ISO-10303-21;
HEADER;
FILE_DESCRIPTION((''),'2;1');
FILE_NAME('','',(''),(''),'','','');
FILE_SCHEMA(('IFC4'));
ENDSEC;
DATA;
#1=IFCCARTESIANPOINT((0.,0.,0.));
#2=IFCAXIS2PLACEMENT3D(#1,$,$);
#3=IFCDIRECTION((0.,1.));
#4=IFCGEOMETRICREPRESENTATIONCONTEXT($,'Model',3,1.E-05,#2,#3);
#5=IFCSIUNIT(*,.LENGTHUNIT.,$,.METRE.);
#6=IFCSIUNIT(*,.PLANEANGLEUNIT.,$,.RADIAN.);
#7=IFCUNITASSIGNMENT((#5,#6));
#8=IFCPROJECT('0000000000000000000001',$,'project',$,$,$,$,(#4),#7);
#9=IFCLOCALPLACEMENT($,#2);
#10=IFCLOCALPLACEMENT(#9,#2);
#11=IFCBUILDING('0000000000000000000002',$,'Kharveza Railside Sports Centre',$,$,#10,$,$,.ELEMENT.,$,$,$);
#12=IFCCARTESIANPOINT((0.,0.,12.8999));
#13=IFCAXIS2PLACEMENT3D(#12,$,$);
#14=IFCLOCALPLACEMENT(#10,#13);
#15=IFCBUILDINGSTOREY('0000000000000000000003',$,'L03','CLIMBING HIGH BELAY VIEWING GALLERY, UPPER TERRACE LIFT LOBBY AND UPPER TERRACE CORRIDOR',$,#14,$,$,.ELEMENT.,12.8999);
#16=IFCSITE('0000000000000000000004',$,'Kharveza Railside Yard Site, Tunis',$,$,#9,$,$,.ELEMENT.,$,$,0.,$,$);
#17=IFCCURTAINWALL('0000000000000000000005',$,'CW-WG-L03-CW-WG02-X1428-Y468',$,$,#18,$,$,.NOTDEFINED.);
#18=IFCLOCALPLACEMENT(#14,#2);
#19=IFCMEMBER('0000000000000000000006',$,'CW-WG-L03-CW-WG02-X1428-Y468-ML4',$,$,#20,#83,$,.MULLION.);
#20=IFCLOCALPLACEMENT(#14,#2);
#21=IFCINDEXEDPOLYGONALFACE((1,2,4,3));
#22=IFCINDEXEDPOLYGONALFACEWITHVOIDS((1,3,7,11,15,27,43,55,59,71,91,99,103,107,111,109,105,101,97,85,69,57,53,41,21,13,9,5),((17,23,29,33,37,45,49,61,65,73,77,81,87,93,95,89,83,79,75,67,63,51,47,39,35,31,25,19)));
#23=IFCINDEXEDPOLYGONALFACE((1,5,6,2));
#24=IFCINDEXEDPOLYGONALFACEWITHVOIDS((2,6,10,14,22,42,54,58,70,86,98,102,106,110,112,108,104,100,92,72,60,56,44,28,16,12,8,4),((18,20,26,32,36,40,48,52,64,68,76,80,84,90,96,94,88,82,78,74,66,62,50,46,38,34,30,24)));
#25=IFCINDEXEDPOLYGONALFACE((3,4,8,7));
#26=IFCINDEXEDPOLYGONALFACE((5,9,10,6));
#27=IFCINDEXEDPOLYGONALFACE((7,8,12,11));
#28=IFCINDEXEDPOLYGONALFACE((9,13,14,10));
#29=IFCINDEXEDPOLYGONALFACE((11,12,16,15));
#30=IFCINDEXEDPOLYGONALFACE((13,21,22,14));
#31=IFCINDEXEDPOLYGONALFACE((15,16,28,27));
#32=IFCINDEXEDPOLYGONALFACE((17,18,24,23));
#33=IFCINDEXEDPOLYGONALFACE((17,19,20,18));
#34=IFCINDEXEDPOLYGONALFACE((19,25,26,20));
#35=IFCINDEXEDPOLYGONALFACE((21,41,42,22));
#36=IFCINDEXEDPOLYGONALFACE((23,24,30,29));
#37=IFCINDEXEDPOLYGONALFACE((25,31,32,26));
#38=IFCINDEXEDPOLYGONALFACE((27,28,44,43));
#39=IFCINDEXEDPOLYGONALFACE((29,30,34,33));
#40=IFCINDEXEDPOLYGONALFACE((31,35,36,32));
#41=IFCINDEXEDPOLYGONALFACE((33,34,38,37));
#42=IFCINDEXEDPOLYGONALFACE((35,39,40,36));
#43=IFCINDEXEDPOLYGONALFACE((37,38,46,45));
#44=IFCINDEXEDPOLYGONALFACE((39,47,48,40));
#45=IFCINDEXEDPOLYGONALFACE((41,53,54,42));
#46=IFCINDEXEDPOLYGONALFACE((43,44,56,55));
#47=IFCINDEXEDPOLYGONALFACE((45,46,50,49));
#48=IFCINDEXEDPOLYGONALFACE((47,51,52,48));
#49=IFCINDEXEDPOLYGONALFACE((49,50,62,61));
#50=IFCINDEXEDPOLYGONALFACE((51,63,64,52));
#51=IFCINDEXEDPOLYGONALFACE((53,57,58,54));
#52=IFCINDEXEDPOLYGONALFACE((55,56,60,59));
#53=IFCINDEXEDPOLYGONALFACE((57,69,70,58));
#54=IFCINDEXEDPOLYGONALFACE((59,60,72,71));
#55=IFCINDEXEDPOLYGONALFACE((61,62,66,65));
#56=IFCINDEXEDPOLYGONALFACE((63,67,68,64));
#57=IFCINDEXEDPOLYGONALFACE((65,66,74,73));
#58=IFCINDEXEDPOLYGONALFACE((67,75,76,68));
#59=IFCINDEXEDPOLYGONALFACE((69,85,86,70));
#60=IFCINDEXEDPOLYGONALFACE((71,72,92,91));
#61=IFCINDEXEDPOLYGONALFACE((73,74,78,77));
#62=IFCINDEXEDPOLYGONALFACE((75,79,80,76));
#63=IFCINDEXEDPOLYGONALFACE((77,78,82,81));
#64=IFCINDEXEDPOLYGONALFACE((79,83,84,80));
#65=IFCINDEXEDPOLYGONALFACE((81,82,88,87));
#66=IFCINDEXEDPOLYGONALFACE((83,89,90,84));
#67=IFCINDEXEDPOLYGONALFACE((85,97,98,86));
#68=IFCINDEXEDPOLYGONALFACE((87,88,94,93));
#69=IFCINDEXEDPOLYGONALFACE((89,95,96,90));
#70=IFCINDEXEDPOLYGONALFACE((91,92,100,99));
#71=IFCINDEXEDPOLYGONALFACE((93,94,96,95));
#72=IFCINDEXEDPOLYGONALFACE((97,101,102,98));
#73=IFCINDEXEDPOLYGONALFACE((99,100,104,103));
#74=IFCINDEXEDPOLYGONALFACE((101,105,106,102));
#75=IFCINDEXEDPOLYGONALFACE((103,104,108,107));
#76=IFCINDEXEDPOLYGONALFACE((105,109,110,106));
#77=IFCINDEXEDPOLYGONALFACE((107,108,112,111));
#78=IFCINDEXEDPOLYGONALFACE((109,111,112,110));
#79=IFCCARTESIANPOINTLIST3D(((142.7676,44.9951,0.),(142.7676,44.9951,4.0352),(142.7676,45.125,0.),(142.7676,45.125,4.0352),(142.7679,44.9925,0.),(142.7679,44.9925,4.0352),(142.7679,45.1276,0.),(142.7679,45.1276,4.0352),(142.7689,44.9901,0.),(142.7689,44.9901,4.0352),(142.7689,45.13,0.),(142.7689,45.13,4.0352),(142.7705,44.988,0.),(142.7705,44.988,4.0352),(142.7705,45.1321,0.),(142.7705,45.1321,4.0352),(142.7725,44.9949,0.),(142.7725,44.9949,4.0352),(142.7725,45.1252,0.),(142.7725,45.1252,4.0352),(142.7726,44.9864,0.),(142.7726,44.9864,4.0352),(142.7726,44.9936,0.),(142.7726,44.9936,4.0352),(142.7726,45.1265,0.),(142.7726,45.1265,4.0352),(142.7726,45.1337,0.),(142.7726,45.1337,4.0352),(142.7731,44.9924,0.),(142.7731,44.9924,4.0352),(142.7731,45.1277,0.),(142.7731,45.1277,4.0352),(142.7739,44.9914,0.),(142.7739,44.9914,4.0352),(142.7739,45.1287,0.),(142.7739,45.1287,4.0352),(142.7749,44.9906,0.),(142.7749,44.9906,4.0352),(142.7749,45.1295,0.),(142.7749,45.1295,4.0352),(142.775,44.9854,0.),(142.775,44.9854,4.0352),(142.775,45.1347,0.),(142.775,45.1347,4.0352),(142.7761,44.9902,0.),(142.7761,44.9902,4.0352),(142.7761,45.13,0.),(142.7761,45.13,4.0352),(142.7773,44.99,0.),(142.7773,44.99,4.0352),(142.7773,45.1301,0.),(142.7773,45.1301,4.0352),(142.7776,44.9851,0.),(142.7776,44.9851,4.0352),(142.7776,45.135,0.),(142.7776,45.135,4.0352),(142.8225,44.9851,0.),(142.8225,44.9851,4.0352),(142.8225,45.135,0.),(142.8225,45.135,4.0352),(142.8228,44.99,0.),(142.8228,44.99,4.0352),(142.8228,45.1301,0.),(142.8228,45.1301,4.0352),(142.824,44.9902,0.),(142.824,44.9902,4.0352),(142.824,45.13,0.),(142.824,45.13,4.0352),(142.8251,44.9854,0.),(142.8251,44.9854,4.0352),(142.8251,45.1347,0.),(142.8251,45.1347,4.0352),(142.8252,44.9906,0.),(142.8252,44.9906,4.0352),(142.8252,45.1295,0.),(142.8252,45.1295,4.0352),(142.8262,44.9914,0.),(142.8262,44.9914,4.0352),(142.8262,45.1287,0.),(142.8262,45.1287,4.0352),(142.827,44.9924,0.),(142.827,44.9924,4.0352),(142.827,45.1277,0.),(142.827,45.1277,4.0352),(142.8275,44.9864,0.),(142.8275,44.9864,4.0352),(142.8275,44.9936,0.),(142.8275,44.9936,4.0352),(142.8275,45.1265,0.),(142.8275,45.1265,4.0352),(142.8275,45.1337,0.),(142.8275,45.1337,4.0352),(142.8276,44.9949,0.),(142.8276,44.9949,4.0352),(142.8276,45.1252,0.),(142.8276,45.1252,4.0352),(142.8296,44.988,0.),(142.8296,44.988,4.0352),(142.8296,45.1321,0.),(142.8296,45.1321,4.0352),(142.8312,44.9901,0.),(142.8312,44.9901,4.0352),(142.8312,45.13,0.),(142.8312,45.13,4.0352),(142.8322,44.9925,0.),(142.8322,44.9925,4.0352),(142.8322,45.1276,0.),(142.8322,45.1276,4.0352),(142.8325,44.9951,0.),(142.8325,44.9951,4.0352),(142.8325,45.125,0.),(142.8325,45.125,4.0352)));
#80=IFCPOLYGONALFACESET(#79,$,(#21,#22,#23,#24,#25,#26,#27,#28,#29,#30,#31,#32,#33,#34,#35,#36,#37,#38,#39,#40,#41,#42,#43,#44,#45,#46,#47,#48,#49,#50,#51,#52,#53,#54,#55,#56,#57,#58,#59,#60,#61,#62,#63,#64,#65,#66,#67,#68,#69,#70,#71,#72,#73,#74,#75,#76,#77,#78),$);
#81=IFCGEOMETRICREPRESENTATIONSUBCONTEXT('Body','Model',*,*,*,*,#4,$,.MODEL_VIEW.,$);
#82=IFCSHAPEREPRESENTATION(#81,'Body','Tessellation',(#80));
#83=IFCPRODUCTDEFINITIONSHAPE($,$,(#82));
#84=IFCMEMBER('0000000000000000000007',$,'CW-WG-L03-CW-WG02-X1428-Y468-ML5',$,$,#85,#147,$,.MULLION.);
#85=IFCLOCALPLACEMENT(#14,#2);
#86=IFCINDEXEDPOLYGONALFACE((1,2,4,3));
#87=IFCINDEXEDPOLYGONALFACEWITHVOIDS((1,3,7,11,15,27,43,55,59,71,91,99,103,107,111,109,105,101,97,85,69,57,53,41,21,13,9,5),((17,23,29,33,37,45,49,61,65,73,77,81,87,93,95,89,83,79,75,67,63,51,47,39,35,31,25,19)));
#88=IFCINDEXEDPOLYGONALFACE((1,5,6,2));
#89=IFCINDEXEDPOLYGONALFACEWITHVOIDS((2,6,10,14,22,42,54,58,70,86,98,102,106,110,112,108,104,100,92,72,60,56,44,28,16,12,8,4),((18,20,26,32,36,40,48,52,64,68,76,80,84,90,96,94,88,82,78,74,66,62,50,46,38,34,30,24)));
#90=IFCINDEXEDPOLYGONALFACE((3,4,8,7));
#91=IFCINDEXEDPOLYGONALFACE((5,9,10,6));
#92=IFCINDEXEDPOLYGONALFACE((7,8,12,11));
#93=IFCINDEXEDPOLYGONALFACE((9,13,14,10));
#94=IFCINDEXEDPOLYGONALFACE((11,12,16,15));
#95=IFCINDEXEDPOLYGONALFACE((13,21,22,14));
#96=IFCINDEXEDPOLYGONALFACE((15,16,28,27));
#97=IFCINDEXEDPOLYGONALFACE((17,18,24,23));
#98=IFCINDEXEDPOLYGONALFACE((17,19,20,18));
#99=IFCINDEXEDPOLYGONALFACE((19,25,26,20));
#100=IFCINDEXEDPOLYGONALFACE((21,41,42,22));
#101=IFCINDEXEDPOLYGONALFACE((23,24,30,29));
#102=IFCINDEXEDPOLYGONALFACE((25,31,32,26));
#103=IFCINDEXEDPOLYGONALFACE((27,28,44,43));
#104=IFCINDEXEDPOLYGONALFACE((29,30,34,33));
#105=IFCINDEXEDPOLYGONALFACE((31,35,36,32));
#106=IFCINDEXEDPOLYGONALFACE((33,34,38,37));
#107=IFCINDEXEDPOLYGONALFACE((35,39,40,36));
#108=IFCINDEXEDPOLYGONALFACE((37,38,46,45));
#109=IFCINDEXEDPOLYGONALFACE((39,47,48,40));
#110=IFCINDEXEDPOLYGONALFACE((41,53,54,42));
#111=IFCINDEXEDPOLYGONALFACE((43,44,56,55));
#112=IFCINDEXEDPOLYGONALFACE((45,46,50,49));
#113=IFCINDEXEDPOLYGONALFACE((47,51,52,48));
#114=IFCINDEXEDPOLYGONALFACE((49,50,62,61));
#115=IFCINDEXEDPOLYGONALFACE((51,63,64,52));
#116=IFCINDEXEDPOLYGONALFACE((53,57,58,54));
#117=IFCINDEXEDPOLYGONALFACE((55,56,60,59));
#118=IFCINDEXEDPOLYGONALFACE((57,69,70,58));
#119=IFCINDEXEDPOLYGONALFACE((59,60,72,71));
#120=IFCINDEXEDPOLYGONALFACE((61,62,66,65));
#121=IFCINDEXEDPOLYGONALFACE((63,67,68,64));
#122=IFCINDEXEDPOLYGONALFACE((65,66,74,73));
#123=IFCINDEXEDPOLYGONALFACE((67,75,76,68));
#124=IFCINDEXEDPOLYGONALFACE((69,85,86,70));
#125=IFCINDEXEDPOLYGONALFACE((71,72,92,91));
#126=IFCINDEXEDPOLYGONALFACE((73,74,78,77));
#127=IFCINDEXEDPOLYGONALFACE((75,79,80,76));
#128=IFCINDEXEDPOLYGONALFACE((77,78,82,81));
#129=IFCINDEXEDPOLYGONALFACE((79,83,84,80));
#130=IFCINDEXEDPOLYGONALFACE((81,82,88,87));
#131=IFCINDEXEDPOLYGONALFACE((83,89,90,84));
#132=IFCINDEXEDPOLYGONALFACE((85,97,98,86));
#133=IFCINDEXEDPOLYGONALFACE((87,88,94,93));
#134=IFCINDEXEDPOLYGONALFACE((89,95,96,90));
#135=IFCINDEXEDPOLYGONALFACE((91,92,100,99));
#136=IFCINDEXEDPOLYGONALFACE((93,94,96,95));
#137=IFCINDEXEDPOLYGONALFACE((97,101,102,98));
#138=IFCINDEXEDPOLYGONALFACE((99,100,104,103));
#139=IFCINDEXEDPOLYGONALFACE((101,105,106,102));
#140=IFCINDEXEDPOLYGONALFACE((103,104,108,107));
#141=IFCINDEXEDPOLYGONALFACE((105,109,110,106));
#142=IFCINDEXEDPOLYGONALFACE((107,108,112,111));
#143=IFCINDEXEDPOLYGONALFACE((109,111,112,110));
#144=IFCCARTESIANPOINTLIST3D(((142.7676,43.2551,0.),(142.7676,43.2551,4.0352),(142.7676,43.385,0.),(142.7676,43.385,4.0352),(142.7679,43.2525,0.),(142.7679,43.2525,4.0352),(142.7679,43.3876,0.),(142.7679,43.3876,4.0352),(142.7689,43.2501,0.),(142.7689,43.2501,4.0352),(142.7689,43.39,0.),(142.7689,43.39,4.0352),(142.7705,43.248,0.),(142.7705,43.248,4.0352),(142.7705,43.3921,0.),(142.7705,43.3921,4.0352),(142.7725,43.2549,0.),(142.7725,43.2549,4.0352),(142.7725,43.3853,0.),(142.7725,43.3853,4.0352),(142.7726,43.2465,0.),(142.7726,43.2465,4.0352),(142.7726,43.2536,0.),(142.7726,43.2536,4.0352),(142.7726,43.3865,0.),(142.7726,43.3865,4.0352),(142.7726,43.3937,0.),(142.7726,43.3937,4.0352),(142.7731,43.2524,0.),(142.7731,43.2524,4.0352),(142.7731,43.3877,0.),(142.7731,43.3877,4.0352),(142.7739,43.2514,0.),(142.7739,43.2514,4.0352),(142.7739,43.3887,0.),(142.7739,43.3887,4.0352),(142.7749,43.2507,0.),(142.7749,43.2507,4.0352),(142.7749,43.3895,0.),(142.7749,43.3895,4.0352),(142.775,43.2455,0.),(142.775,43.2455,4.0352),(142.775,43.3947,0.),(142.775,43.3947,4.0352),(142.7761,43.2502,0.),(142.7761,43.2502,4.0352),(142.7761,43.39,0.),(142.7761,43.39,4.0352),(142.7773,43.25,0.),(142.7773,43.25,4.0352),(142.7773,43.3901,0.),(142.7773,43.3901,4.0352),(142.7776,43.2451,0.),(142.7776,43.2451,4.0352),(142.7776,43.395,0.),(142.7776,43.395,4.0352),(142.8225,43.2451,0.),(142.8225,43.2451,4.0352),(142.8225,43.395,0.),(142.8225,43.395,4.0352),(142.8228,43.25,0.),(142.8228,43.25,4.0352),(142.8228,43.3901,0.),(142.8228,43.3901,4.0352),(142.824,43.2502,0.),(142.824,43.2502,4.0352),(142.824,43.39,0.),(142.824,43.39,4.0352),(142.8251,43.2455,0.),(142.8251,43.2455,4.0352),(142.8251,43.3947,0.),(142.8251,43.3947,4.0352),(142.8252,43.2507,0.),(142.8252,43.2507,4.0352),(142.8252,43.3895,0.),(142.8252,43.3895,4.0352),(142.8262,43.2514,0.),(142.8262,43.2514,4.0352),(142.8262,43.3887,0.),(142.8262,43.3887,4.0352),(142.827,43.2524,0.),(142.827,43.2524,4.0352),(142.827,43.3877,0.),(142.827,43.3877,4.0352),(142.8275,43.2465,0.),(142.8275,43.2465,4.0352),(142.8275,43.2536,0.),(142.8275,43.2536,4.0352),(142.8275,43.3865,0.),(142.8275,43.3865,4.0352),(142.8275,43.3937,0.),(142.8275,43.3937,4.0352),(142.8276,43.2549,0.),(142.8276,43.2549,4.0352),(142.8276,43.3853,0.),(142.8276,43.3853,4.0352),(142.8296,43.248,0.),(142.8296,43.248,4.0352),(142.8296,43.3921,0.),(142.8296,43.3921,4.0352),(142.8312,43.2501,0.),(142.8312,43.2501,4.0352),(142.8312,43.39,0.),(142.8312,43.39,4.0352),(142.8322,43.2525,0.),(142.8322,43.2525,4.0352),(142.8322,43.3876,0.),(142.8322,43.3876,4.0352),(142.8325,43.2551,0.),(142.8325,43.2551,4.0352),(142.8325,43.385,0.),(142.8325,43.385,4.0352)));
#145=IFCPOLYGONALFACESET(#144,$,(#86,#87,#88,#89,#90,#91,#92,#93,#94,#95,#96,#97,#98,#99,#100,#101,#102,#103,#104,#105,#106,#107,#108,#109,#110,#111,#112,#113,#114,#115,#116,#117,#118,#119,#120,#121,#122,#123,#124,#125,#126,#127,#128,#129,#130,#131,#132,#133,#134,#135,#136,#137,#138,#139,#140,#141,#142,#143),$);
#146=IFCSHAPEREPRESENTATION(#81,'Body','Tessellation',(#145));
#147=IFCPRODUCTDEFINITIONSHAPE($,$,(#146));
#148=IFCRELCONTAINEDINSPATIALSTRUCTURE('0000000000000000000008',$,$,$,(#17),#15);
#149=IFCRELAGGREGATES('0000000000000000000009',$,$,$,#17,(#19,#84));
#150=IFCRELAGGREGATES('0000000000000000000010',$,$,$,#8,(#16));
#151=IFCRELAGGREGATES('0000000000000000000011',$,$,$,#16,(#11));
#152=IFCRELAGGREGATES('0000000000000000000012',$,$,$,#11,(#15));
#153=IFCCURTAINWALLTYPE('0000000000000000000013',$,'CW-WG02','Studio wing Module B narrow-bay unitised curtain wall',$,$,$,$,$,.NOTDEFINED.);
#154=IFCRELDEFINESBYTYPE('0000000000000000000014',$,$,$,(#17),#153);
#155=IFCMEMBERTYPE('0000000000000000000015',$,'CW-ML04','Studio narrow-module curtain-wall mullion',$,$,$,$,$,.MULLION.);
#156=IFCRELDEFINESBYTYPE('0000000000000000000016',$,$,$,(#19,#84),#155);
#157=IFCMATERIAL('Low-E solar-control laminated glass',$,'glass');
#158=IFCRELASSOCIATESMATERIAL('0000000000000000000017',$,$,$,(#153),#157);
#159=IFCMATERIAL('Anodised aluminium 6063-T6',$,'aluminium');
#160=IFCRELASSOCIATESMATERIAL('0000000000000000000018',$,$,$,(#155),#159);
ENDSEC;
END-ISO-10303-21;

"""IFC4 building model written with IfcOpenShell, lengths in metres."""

from ifc_helpers import new_model, si_unit, direction, frame, origin, origin_2d, place, context, subcontext, project, spatial, hollow_rectangle, extrude, material, material_profile, profile_set, type_object, element, aggregate, save


model = new_model("IFC4")

# Units and contexts
model_context = context("Model", 3, precision=1e-05, world=origin(), true_north=direction((0.0, 1.0)))
body_context = subcontext(model_context, "Body", "Model", "MODEL_VIEW")
ifc_project = project(units=[si_unit("LENGTHUNIT", "METRE"), si_unit("PLANEANGLEUNIT", "RADIAN")], contexts=[model_context])

# Site, building, storey
site_placement = place(None, origin())
site = spatial("IfcSite", under=ifc_project, at=site_placement, Name="Kharveza Railside Yard Site, Tunis", CompositionType="ELEMENT", RefElevation=0.0)
building_placement = place(site_placement, origin())
building = spatial("IfcBuilding", under=site, at=building_placement, Name="Kharveza Railside Sports Centre", CompositionType="ELEMENT")
storey_placement = place(building_placement, frame((0.0, 0.0, 12.8999)))
storey = spatial("IfcBuildingStorey", under=building, at=storey_placement, Name="L03", Description="CLIMBING HIGH BELAY VIEWING GALLERY, UPPER TERRACE LIFT LOBBY AND UPPER TERRACE CORRIDOR", CompositionType="ELEMENT", Elevation=12.8999)

# Curtain wall, members
ifc_material_1 = material(Name="Low-E solar-control laminated glass", Category="glass")
curtain_wall_type = type_object("IfcCurtainWallType", Name="CW-WG02", Description="Studio wing Module B narrow-bay unitised curtain wall", PredefinedType="NOTDEFINED", material=ifc_material_1)
curtain_wall_placement = place(storey_placement, origin())
curtain_wall = element("IfcCurtainWall", 1, at=curtain_wall_placement, inside=storey, type_object=curtain_wall_type, Name="CW-WG-L03-CW-WG02-X1428-Y468", PredefinedType="NOTDEFINED")
ifc_material_2 = material(Name="Anodised aluminium 6063-T6", Category="aluminium")
ifc_material_profile_1 = material_profile(ifc_material_2, hollow_rectangle(XDim=0.0649, YDim=0.1499, WallThickness=0.0049, InnerFilletRadius=0.0049, OuterFilletRadius=0.01, at=origin_2d()), Name="RHS 65x150x5.0")
ifc_profile_set_1 = profile_set([ifc_material_profile_1], Name="Anodised aluminium 6063-T6")
member_type_1 = type_object("IfcMemberType", Name="CW-ML04", Description="Studio narrow-module curtain-wall mullion", PredefinedType="MULLION", material=ifc_profile_set_1)
member_1_placement = place(storey_placement, frame((142.8, 45.0601, 0.0), z_axis=(0.0, 0.0, 1.0), x_axis=(1.0, 0.0, 0.0)))
member_1 = element("IfcMember", 2, at=member_1_placement, type_object=member_type_1, Name="CW-WG-L03-CW-WG02-X1428-Y468-ML4", PredefinedType="MULLION", context=body_context, shape_type="SweptSolid", body=[
    extrude(hollow_rectangle(XDim=0.0649, YDim=0.1499, WallThickness=0.0049, InnerFilletRadius=0.0049, OuterFilletRadius=0.01, at=origin_2d()), origin(), (0.0, 0.0, 1.0), 4.0352),
])
member_2_placement = place(storey_placement, frame((142.8, 43.3201, 0.0), z_axis=(0.0, 0.0, 1.0), x_axis=(1.0, 0.0, 0.0)))
member_2 = element("IfcMember", 3, at=member_2_placement, type_object=member_type_1, Name="CW-WG-L03-CW-WG02-X1428-Y468-ML5", PredefinedType="MULLION", context=body_context, shape_type="SweptSolid", body=[
    extrude(hollow_rectangle(XDim=0.0649, YDim=0.1499, WallThickness=0.0049, InnerFilletRadius=0.0049, OuterFilletRadius=0.01, at=origin_2d()), origin(), (0.0, 0.0, 1.0), 4.0352),
])
aggregate(curtain_wall, [member_1, member_2])

save(model, "model.ifc")
